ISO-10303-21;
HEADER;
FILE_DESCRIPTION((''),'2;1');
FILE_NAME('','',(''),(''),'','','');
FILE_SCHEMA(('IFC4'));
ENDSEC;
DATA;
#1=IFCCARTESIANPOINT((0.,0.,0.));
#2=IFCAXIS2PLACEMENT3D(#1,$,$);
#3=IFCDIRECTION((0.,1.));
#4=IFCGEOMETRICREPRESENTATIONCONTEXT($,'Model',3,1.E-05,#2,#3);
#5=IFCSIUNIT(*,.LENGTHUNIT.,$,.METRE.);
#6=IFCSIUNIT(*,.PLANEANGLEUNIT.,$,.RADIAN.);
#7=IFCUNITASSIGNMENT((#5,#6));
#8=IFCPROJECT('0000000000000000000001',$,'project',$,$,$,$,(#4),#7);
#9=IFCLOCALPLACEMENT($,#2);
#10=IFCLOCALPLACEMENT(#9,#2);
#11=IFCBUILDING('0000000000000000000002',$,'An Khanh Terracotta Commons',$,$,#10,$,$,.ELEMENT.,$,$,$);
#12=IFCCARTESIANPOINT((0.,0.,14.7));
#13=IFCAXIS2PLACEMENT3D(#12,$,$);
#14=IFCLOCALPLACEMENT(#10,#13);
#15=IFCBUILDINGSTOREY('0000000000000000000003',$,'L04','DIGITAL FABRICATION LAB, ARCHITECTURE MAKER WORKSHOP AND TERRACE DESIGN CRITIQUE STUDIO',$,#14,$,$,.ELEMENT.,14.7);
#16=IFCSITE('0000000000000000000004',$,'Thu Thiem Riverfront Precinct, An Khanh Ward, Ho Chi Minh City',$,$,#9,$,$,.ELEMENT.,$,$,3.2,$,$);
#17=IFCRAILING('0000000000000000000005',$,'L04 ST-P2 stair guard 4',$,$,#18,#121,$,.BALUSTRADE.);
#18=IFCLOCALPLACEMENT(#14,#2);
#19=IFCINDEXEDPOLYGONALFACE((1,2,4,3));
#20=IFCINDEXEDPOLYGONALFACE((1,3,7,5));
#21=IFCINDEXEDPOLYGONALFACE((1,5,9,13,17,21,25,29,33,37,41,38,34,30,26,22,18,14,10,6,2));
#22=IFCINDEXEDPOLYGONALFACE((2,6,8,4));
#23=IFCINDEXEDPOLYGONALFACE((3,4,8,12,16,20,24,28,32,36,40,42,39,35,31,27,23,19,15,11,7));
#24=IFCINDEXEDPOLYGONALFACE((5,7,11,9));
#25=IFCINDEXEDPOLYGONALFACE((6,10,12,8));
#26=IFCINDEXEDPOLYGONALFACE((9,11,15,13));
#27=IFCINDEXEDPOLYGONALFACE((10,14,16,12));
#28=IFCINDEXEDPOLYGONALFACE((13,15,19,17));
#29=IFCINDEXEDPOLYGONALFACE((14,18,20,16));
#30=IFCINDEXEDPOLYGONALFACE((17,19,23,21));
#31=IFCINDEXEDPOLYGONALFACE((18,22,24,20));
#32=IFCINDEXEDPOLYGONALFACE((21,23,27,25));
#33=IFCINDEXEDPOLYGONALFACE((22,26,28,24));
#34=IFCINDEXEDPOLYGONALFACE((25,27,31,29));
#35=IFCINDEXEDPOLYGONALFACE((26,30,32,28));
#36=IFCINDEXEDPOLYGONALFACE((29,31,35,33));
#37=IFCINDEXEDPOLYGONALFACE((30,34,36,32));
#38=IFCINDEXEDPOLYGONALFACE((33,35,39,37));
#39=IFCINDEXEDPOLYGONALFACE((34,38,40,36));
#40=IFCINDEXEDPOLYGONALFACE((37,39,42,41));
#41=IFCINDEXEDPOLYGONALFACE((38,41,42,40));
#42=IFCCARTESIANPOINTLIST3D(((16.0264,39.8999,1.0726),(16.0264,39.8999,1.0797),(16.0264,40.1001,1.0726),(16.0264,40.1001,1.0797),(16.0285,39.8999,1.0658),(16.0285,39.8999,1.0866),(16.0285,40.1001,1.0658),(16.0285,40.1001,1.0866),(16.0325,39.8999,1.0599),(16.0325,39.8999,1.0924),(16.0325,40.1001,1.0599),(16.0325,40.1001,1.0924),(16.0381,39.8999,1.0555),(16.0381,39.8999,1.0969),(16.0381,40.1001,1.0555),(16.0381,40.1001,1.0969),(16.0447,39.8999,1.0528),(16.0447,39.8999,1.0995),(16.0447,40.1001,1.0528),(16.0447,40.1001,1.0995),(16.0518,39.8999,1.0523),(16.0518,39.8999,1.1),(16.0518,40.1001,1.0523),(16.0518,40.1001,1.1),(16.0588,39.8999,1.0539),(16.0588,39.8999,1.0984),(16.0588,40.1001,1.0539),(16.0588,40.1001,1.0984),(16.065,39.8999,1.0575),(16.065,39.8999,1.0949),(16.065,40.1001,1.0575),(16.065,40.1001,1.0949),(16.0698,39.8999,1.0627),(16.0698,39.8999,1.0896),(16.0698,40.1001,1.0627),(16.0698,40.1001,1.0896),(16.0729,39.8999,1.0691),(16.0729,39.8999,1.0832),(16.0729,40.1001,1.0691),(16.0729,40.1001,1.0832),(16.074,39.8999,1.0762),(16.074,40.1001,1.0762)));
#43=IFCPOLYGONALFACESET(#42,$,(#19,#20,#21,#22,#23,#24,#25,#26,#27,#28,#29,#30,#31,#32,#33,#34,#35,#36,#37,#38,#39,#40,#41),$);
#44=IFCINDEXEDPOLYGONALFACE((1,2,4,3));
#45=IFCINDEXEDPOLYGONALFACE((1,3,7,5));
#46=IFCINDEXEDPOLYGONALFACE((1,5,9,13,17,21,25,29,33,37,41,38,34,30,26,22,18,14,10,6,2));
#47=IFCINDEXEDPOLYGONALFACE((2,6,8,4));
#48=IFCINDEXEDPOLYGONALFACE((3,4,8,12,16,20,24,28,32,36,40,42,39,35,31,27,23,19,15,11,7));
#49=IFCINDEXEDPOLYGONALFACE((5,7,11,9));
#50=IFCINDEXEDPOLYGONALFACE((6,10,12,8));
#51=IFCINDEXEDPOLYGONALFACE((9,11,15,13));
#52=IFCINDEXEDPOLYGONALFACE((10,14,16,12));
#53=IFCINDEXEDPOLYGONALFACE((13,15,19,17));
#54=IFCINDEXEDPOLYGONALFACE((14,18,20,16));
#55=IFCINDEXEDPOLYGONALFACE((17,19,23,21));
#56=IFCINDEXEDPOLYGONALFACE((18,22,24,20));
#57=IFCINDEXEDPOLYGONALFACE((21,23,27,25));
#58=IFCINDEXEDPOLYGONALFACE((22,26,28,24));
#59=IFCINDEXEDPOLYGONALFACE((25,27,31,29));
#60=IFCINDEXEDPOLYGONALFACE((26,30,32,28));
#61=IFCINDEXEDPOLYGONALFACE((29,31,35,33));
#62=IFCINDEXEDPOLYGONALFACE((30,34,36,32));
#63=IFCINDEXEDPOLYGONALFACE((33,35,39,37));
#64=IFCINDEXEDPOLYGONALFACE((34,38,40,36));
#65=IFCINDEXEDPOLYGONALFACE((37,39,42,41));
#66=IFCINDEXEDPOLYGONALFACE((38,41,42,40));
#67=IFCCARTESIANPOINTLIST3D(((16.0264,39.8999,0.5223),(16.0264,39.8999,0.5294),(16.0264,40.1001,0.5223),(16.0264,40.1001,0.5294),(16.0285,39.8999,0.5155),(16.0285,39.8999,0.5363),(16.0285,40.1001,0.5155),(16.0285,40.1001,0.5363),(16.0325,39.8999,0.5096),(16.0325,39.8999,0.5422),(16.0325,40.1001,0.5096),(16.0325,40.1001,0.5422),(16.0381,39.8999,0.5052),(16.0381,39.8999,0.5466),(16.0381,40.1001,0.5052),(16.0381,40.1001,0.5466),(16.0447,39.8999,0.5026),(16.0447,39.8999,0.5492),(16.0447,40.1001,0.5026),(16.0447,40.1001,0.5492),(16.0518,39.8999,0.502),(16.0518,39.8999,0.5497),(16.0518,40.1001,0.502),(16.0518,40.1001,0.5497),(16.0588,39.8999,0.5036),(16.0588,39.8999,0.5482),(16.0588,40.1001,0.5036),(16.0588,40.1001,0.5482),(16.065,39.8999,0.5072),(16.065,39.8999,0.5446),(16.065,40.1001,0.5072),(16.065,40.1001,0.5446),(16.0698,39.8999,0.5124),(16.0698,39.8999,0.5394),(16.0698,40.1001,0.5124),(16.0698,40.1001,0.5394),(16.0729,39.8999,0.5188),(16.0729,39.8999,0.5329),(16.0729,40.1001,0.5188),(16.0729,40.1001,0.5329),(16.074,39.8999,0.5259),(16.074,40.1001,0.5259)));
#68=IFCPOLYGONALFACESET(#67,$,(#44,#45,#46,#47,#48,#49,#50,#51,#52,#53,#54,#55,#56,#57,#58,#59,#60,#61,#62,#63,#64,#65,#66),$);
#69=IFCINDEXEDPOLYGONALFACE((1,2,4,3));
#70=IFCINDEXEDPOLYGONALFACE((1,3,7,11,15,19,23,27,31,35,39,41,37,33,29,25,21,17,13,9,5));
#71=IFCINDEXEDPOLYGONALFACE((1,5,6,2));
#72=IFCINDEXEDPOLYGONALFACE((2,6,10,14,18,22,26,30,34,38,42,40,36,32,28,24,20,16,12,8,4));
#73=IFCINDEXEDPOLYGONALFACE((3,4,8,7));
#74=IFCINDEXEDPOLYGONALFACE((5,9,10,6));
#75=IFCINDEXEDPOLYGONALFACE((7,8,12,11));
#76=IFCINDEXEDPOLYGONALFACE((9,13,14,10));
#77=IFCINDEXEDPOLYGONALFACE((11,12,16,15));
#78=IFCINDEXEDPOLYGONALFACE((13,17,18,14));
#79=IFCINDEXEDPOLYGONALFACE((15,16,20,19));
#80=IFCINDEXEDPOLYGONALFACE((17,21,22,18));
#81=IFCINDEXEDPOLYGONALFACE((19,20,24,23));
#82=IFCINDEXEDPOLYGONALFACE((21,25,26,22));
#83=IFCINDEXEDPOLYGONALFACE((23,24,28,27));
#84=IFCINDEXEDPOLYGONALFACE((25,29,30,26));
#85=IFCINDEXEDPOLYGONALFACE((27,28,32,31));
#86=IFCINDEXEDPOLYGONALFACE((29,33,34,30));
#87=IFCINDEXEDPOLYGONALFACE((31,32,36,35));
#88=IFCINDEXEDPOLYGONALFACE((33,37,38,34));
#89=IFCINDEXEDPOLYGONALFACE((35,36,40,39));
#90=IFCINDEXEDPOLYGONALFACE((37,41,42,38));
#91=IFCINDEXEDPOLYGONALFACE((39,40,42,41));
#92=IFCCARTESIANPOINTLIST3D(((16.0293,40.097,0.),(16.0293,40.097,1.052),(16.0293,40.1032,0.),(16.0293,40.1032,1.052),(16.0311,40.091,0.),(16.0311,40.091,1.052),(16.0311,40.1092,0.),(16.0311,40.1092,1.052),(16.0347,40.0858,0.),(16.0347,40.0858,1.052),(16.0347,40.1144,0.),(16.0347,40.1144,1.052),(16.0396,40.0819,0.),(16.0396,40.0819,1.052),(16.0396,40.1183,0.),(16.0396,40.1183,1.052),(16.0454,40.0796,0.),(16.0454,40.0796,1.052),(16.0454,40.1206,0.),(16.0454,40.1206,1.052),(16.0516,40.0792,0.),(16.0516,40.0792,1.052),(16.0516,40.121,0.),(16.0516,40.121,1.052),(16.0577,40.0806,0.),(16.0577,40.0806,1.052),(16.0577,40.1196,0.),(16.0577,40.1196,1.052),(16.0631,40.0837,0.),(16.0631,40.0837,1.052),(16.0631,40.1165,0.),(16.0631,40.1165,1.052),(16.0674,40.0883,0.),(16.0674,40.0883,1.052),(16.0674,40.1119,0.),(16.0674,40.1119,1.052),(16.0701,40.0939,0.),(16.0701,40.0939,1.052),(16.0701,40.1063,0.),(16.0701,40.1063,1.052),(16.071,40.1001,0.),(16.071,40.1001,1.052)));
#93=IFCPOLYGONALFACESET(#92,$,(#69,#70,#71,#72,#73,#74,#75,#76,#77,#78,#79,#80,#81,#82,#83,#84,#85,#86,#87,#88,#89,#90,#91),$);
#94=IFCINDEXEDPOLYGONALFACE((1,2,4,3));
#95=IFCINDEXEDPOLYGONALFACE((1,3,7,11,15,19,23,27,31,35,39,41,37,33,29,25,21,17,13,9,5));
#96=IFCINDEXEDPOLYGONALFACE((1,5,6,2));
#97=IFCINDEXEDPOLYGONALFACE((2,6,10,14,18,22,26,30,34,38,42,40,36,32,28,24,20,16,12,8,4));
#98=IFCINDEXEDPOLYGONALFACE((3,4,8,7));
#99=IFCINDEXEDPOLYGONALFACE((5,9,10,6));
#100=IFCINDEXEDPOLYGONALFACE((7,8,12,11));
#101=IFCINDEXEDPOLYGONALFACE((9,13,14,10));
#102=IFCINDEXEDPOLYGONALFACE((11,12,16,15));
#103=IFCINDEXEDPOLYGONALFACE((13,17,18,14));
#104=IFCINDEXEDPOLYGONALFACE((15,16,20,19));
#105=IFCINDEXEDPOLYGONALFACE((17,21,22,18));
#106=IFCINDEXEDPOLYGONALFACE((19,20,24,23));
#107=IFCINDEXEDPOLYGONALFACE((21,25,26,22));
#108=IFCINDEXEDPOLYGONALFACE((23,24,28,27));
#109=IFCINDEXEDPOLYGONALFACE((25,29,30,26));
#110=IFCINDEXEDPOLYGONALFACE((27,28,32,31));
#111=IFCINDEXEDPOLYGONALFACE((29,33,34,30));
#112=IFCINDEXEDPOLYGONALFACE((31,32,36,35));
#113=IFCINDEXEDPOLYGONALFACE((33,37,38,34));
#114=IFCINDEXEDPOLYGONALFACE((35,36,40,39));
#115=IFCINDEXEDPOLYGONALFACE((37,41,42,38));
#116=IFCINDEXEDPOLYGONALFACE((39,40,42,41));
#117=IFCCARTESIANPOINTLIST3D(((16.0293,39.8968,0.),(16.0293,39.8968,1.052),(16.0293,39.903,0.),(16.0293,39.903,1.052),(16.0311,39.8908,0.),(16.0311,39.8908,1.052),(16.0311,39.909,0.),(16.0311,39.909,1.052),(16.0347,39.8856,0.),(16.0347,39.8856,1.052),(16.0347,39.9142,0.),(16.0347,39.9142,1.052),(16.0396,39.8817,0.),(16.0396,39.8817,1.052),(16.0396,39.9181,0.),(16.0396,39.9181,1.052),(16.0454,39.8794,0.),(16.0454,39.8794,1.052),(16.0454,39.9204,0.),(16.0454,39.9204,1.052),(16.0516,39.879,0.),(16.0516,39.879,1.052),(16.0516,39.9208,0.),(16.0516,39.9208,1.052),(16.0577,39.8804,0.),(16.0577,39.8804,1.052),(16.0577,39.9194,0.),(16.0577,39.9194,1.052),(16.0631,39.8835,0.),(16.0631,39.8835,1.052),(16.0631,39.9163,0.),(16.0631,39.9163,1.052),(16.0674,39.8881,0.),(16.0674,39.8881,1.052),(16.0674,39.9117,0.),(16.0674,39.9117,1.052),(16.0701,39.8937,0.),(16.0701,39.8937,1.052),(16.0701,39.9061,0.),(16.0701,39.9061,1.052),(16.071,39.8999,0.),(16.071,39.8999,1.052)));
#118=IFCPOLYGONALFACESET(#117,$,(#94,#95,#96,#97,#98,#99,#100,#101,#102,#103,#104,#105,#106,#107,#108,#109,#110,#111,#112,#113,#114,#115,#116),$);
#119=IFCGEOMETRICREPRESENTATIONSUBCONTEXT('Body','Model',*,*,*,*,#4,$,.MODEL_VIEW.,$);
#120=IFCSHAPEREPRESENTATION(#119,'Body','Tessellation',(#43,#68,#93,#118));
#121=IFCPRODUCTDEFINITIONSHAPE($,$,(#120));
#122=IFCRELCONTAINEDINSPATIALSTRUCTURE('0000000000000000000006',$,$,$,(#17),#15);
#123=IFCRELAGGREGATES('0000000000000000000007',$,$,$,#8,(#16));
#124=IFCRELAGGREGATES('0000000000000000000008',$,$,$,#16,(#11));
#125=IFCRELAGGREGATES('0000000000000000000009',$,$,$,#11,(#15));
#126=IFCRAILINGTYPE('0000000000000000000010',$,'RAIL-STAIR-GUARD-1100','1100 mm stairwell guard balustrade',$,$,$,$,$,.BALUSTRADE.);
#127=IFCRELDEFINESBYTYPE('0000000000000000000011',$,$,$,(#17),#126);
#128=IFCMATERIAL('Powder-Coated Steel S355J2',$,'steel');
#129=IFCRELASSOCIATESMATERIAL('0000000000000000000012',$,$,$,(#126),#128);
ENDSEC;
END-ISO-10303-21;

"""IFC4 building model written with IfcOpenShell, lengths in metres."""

from ifc_helpers import new_model, si_unit, direction, frame, origin, origin_2d, place, context, subcontext, project, spatial, circle, extrude, material, type_object, element, save


model = new_model("IFC4")

# Units and contexts
model_context = context("Model", 3, precision=1e-05, world=origin(), true_north=direction((0.0, 1.0)))
body_context = subcontext(model_context, "Body", "Model", "MODEL_VIEW")
ifc_project = project(units=[si_unit("LENGTHUNIT", "METRE"), si_unit("PLANEANGLEUNIT", "RADIAN")], contexts=[model_context])

# Site, building, storey
site_placement = place(None, origin())
site = spatial("IfcSite", under=ifc_project, at=site_placement, Name="Thu Thiem Riverfront Precinct, An Khanh Ward, Ho Chi Minh City", CompositionType="ELEMENT", RefElevation=3.2)
building_placement = place(site_placement, origin())
building = spatial("IfcBuilding", under=site, at=building_placement, Name="An Khanh Terracotta Commons", CompositionType="ELEMENT")
storey_placement = place(building_placement, frame((0.0, 0.0, 14.7)))
storey = spatial("IfcBuildingStorey", under=building, at=storey_placement, Name="L04", Description="DIGITAL FABRICATION LAB, ARCHITECTURE MAKER WORKSHOP AND TERRACE DESIGN CRITIQUE STUDIO", CompositionType="ELEMENT", Elevation=14.7)

# Railing
ifc_material_1 = material(Name="Powder-Coated Steel S355J2", Category="steel")
railing_type_1 = type_object("IfcRailingType", Name="RAIL-STAIR-GUARD-1100", Description="1100 mm stairwell guard balustrade", PredefinedType="BALUSTRADE", material=ifc_material_1)
railing_1_placement = place(storey_placement, frame((16.05, 40.1001, 0.0)))
element("IfcRailing", 1, at=railing_1_placement, inside=storey, type_object=railing_type_1, Name="L04 ST-P2 stair guard 4", PredefinedType="BALUSTRADE", context=body_context, shape_type="SweptSolid", body=[
    extrude(circle(Radius=0.0239, at=origin_2d()), frame((0.0, 0.0, 1.0762), z_axis=(0.0, -1.0, 0.0), x_axis=(1.0, 0.0, 0.0)), (0.0, 0.0, 1.0), 0.2002),
    extrude(circle(Radius=0.0239, at=origin_2d()), frame((0.0, 0.0, 0.5259), z_axis=(0.0, -1.0, 0.0), x_axis=(1.0, 0.0, 0.0)), (0.0, 0.0, 1.0), 0.2002),
    extrude(circle(Radius=0.021, at=origin_2d()), origin(), (0.0, 0.0, 1.0), 1.052),
    extrude(circle(Radius=0.021, at=origin_2d()), frame((0.0, -0.2002, 0.0)), (0.0, 0.0, 1.0), 1.052),
])

save(model, "model.ifc")
